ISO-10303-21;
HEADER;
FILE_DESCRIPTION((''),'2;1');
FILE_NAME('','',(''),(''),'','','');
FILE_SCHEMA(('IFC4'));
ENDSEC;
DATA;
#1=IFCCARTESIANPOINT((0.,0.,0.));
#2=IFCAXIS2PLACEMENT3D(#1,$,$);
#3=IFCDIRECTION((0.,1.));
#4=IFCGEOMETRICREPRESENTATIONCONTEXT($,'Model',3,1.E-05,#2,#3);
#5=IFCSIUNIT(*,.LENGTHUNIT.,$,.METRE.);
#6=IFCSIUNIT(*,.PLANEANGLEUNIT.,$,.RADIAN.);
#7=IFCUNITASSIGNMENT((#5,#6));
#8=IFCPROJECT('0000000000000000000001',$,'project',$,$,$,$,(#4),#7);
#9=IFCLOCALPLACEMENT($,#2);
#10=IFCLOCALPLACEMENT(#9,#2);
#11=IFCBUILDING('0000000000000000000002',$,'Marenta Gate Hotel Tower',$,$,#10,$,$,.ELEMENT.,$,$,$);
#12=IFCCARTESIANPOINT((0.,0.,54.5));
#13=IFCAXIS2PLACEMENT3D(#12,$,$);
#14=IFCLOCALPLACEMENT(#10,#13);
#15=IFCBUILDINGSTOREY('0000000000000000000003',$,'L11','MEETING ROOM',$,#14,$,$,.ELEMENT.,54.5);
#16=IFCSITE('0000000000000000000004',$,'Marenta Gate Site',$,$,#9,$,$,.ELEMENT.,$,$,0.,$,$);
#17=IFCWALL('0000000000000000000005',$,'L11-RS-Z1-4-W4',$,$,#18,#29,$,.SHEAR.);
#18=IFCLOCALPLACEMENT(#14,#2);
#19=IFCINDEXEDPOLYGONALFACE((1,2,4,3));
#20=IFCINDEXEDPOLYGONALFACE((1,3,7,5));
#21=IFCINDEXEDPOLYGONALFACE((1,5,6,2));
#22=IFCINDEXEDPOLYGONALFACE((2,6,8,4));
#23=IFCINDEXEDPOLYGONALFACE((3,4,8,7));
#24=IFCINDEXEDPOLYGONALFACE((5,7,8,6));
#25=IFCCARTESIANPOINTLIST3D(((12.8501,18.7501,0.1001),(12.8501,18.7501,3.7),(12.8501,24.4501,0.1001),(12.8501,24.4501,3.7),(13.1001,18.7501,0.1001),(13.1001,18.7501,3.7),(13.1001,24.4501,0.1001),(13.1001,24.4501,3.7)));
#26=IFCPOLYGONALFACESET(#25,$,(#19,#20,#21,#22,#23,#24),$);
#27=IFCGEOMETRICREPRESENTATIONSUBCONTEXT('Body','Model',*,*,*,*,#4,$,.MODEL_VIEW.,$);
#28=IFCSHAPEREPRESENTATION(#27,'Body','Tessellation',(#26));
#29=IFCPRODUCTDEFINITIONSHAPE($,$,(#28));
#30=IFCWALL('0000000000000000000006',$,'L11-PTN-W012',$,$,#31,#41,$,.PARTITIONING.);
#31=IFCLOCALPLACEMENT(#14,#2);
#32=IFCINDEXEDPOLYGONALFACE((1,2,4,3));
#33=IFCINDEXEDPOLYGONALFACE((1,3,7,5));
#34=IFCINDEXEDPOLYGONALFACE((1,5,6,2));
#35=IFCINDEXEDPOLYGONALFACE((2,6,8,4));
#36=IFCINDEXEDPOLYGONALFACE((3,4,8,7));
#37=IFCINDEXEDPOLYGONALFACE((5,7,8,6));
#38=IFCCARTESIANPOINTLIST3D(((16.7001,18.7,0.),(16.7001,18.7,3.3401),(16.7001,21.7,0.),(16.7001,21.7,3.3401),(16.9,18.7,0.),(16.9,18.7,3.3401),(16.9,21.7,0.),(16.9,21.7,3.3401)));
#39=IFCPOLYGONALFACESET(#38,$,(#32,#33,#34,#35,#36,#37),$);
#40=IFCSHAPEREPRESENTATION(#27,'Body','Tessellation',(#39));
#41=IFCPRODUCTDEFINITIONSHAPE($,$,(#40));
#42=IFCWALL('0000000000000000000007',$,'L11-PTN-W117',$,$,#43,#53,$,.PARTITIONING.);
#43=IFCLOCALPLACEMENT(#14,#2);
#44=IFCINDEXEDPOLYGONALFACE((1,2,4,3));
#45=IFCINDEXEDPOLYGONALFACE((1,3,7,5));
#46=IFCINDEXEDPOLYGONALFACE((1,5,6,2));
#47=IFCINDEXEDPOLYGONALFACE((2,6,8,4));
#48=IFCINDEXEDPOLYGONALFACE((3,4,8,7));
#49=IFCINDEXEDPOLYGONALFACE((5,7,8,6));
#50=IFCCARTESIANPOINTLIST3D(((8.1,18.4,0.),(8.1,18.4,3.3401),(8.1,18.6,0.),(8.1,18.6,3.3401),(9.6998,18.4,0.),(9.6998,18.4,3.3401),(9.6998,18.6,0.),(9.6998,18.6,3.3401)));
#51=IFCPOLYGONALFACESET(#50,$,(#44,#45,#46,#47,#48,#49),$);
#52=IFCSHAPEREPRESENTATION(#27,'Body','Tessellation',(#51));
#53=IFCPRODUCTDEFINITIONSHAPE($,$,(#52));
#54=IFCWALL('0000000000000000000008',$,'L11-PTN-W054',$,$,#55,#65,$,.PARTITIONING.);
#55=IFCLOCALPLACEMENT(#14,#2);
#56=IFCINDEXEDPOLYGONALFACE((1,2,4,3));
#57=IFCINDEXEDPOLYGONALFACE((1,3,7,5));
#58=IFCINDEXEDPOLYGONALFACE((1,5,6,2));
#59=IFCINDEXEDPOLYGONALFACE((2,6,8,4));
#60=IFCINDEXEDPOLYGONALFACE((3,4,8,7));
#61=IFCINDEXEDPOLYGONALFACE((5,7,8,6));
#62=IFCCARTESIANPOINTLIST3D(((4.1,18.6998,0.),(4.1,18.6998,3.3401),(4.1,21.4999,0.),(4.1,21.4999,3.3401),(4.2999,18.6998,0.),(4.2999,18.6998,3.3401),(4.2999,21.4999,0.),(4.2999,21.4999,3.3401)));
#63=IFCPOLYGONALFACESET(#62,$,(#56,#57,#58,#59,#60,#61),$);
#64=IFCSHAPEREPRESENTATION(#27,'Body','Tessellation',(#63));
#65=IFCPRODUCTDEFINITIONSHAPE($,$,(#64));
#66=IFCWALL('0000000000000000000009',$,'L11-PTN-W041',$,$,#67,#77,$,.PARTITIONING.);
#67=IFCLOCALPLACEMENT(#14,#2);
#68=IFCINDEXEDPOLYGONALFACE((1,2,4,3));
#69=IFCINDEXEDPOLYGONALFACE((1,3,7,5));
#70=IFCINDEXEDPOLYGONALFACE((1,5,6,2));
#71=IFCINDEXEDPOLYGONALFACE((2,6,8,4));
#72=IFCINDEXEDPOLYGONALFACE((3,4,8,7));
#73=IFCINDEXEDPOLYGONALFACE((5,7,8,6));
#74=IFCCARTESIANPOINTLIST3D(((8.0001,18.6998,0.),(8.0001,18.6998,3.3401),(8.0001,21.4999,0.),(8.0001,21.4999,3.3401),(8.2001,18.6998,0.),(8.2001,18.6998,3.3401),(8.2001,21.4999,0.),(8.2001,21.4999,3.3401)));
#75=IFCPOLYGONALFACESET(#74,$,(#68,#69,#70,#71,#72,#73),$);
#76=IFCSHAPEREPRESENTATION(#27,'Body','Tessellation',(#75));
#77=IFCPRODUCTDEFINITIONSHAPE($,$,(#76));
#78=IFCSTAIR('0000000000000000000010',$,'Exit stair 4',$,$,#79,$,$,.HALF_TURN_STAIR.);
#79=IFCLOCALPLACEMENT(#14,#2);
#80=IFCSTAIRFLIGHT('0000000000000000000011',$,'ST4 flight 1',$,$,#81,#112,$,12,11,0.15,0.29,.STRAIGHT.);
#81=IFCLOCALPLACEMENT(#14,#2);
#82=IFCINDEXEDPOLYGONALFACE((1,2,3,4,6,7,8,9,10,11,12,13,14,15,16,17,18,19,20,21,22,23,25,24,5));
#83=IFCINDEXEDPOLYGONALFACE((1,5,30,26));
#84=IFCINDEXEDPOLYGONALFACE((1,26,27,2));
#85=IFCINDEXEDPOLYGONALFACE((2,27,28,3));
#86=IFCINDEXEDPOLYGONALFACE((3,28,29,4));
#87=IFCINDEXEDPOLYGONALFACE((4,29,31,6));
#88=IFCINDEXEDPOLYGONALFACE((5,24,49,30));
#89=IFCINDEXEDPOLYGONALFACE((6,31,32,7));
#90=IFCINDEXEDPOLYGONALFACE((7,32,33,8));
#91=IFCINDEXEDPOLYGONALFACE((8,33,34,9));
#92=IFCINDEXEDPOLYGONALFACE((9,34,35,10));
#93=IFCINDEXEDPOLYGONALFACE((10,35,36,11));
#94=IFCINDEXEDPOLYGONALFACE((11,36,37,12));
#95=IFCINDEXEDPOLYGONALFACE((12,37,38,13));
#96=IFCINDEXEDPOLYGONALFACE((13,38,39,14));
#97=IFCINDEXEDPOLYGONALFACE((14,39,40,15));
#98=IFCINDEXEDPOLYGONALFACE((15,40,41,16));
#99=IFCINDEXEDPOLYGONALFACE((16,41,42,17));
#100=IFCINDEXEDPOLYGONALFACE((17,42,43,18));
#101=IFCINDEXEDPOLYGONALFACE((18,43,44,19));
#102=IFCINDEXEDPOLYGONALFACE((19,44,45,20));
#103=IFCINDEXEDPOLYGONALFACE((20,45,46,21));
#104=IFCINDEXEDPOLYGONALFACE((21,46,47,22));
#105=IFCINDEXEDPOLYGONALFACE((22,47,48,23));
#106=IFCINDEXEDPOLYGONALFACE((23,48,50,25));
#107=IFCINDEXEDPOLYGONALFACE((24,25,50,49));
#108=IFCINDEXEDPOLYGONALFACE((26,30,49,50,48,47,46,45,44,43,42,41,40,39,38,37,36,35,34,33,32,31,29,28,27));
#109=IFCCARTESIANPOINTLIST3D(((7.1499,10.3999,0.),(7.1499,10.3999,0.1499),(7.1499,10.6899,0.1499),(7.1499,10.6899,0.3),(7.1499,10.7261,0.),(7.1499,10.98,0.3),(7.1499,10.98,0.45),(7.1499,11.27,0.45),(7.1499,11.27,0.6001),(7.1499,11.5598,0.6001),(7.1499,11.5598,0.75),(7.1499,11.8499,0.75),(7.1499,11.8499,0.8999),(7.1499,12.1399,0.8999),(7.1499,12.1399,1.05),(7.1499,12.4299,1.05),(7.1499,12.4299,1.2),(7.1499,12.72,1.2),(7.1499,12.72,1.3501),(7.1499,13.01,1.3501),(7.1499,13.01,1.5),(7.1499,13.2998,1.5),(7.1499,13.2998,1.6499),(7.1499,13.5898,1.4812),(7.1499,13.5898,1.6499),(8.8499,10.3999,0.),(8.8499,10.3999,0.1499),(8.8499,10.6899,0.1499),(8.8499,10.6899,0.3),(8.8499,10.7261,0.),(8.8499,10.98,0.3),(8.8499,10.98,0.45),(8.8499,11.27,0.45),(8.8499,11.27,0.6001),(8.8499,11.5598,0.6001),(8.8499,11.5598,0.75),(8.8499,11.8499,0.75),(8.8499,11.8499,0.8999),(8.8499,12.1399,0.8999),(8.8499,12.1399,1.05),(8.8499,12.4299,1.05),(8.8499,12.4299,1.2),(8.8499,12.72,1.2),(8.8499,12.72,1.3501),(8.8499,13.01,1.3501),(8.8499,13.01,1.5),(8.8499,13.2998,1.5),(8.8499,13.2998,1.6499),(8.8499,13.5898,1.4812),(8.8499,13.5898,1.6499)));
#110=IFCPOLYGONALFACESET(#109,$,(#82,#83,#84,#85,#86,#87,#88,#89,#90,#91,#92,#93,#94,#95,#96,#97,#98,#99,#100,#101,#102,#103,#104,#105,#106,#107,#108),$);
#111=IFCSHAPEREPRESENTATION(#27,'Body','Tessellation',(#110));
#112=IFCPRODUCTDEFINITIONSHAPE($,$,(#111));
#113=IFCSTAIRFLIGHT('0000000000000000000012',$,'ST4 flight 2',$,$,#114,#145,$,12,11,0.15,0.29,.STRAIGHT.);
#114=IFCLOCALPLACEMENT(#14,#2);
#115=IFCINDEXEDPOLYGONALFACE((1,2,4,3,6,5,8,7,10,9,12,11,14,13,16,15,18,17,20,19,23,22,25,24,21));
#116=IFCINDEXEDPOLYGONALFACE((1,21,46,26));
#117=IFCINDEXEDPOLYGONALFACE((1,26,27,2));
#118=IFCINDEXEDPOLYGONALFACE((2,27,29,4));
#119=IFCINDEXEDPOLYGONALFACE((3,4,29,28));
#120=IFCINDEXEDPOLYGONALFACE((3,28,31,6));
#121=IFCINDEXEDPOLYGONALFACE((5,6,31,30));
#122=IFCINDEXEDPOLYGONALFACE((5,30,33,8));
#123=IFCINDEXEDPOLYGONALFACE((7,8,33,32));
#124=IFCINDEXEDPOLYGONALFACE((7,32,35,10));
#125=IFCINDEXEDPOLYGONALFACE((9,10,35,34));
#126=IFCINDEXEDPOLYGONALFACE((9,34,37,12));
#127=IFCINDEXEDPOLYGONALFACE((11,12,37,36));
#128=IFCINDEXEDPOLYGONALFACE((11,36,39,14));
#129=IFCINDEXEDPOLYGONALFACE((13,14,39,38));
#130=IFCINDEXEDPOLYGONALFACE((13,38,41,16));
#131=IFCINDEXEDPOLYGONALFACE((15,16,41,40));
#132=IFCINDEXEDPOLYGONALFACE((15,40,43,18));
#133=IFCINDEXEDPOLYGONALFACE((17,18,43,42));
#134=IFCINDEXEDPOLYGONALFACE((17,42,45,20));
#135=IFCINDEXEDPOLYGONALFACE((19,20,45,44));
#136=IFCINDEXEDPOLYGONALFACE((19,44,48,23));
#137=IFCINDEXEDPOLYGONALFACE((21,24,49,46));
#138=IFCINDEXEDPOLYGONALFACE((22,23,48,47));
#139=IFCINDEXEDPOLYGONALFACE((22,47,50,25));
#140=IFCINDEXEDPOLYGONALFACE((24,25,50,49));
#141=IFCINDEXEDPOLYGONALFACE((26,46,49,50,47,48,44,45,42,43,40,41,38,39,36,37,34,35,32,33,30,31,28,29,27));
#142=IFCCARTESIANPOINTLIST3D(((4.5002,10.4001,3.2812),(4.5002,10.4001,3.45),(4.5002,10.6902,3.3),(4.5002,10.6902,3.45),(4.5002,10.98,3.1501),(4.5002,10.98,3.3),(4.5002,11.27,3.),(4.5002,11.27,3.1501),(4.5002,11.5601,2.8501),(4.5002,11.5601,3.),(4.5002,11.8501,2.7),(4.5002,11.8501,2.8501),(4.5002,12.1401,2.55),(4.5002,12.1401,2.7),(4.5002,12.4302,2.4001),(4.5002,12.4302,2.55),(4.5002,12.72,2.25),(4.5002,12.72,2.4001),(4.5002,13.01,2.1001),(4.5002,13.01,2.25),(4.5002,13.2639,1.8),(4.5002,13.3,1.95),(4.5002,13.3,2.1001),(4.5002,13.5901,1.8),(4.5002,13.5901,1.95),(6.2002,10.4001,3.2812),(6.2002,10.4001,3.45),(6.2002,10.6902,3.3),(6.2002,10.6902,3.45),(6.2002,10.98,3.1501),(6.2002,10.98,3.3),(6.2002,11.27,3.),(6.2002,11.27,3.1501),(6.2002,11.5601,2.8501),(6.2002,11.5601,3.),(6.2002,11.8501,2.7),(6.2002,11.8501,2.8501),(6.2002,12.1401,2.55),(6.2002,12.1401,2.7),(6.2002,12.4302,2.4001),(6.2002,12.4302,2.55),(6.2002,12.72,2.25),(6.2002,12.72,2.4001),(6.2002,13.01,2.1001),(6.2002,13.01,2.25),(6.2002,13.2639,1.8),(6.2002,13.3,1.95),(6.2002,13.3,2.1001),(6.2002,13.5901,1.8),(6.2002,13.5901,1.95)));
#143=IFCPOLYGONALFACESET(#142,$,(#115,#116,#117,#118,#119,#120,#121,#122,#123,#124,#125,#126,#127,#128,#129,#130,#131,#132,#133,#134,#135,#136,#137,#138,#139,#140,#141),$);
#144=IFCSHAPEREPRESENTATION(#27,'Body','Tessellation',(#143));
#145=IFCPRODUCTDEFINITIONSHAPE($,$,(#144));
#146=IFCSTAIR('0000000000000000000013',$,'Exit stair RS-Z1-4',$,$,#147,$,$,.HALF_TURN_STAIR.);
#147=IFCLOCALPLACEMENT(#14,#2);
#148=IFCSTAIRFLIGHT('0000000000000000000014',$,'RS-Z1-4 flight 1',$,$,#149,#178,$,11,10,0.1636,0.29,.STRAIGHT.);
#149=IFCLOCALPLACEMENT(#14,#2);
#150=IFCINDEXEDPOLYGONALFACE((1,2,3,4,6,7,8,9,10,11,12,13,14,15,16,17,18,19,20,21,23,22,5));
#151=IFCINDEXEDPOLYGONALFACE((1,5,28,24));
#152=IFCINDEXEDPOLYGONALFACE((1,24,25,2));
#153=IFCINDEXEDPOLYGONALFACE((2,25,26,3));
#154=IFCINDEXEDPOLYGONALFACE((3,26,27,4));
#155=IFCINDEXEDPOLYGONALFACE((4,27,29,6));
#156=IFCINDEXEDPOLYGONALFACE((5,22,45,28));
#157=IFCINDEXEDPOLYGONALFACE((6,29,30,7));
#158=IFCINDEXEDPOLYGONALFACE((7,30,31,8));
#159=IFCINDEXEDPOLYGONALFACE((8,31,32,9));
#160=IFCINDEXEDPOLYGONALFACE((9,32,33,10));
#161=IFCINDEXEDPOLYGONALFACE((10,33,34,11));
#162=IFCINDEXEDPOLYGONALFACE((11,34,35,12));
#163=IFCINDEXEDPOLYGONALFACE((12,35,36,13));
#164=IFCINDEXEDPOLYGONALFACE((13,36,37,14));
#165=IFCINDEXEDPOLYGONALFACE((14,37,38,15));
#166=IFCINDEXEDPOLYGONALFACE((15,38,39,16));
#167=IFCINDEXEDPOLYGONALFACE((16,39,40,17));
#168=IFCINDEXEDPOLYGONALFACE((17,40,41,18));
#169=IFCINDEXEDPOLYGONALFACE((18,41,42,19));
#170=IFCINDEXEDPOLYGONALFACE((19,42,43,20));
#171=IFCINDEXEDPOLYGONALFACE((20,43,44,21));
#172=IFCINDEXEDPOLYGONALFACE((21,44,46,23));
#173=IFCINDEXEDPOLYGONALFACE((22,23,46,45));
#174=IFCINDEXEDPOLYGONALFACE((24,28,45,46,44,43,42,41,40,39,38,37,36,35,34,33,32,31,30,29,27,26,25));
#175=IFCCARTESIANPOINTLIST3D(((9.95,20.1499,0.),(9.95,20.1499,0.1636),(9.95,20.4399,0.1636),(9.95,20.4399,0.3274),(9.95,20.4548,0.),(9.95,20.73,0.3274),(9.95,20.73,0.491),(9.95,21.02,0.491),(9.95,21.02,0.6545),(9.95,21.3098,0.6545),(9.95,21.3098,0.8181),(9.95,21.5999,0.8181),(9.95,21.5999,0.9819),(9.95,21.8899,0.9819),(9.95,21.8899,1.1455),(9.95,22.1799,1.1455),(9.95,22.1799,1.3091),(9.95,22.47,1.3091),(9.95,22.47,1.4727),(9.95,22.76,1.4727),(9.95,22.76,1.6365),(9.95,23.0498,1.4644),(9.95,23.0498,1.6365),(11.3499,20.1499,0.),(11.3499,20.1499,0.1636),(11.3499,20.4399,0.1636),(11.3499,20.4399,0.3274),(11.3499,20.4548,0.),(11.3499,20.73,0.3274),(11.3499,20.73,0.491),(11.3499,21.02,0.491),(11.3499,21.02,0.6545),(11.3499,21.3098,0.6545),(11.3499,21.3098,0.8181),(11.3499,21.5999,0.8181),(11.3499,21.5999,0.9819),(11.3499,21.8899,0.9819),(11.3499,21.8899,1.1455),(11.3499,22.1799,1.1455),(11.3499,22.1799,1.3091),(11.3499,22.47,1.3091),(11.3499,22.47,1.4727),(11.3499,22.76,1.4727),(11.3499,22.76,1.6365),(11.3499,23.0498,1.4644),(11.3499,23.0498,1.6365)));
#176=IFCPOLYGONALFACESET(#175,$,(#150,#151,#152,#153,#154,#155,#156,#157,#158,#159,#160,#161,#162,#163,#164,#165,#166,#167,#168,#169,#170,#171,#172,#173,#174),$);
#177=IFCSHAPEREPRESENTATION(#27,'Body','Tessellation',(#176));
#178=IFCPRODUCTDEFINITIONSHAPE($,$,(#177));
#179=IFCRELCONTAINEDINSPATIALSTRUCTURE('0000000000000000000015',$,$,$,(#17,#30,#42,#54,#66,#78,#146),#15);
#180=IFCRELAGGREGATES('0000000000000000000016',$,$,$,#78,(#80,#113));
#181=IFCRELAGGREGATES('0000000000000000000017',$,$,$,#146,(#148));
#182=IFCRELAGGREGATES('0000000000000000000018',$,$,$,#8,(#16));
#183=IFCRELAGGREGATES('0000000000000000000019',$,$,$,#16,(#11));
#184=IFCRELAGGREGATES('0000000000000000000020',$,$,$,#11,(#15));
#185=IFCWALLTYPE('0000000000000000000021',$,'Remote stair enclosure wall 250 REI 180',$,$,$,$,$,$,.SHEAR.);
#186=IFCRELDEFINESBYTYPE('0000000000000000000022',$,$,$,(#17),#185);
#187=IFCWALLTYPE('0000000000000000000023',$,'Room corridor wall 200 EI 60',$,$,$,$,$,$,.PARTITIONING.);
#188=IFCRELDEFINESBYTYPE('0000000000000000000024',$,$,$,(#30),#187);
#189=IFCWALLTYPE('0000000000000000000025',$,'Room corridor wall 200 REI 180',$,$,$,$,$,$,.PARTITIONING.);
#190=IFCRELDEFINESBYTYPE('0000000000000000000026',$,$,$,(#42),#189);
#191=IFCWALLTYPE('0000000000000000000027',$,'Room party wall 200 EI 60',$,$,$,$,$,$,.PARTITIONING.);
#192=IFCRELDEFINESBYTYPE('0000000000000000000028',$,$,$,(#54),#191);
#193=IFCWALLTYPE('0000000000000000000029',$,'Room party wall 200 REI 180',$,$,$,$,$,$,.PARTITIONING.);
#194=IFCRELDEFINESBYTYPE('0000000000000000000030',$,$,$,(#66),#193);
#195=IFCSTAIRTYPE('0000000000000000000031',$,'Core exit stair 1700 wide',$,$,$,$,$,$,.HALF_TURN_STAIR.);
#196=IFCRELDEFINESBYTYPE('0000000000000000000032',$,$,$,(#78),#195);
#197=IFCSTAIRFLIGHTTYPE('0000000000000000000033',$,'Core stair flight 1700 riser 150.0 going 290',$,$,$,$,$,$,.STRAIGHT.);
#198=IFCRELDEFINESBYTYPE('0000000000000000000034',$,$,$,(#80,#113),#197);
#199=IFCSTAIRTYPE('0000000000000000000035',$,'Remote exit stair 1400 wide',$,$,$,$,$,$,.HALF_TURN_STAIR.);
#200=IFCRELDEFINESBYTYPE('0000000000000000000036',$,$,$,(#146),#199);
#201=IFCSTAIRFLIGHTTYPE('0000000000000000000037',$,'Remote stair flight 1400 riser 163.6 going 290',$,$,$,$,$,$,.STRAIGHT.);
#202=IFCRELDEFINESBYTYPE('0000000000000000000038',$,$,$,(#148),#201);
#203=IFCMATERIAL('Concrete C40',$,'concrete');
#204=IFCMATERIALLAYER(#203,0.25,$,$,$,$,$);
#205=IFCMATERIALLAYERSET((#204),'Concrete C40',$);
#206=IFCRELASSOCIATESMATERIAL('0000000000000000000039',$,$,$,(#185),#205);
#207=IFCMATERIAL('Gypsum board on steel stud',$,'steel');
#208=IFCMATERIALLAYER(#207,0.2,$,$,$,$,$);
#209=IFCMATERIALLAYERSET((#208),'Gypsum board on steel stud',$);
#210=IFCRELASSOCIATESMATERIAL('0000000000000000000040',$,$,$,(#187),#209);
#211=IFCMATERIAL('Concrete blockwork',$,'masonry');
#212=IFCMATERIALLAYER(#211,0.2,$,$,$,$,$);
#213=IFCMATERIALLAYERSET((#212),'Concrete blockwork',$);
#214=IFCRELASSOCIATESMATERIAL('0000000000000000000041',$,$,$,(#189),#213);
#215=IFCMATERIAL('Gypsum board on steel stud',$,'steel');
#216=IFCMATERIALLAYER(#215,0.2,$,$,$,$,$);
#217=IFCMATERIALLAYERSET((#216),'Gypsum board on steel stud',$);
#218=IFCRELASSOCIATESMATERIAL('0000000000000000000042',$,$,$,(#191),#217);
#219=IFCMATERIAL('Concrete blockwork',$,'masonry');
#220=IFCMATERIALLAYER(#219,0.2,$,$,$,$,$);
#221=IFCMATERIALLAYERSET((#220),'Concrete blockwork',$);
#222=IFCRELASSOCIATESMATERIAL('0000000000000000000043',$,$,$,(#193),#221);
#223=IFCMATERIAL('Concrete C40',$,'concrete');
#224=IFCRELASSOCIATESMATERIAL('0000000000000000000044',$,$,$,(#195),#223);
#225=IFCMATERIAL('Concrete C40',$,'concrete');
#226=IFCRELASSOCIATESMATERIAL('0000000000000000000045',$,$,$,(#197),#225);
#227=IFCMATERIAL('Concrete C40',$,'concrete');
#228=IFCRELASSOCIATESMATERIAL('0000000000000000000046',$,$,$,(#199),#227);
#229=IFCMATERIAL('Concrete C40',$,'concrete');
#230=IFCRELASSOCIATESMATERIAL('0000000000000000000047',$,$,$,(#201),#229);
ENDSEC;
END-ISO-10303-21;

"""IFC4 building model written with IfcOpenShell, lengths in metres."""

from ifc_helpers import new_model, si_unit, direction, frame, frame_2d, origin, place, context, subcontext, project, spatial, polyline, rectangle, outline, extrude, material, layer, layer_set, type_object, element, aggregate, save


model = new_model("IFC4")

# Units and contexts
model_context = context("Model", 3, precision=1e-05, world=origin(), true_north=direction((0.0, 1.0)))
body_context = subcontext(model_context, "Body", "Model", "MODEL_VIEW")
ifc_project = project(units=[si_unit("LENGTHUNIT", "METRE"), si_unit("PLANEANGLEUNIT", "RADIAN")], contexts=[model_context])

# Site, building, storey
site_placement = place(None, origin())
site = spatial("IfcSite", under=ifc_project, at=site_placement, Name="Marenta Gate Site", CompositionType="ELEMENT", RefElevation=0.0)
building_placement = place(site_placement, origin())
building = spatial("IfcBuilding", under=site, at=building_placement, Name="Marenta Gate Hotel Tower", CompositionType="ELEMENT")
storey_placement = place(building_placement, frame((0.0, 0.0, 54.5)))
storey = spatial("IfcBuildingStorey", under=building, at=storey_placement, Name="L11", Description="MEETING ROOM", CompositionType="ELEMENT", Elevation=54.5)

# Shared definitions
ifc_material_1 = material(Name="Concrete C40", Category="concrete")
ifc_layer_1 = layer(ifc_material_1, 0.25)
ifc_layer_set_1 = layer_set([ifc_layer_1], Name="Concrete C40")
wall_type_1 = type_object("IfcWallType", Name="Remote stair enclosure wall 250 REI 180", PredefinedType="SHEAR", material=ifc_layer_set_1)

# Walls
wall_1_placement = place(storey_placement, frame((12.9751, 18.75, 0.1001), z_axis=(0.0, 0.0, 1.0), x_axis=(0.0, 1.0, 0.0)))
element("IfcWall", 1, at=wall_1_placement, inside=storey, type_object=wall_type_1, Name="L11-RS-Z1-4-W4", PredefinedType="SHEAR", context=body_context, shape_type="SweptSolid", body=[
    extrude(rectangle(XDim=5.7, YDim=0.25, at=frame_2d((2.8501, 0.0))), origin(), (0.0, 0.0, 1.0), 3.5999),
])
ifc_material_2 = material(Name="Gypsum board on steel stud", Category="steel")
ifc_layer_2 = layer(ifc_material_2, 0.2)
ifc_layer_set_2 = layer_set([ifc_layer_2], Name="Gypsum board on steel stud")
wall_type_2 = type_object("IfcWallType", Name="Room corridor wall 200 EI 60", PredefinedType="PARTITIONING", material=ifc_layer_set_2)
wall_2_placement = place(storey_placement, frame((16.8, 18.7, 0.0), z_axis=(0.0, 0.0, 1.0), x_axis=(0.0, 1.0, 0.0)))
element("IfcWall", 2, at=wall_2_placement, inside=storey, type_object=wall_type_2, Name="L11-PTN-W012", PredefinedType="PARTITIONING", context=body_context, shape_type="SweptSolid", body=[
    extrude(rectangle(XDim=3.0, YDim=0.2, at=frame_2d((1.5, 0.0))), origin(), (0.0, 0.0, 1.0), 3.3401),
])

# Walls
ifc_material_3 = material(Name="Concrete blockwork", Category="masonry")
ifc_layer_3 = layer(ifc_material_3, 0.2)
ifc_layer_set_3 = layer_set([ifc_layer_3], Name="Concrete blockwork")
wall_type_3 = type_object("IfcWallType", Name="Room corridor wall 200 REI 180", PredefinedType="PARTITIONING", material=ifc_layer_set_3)
wall_3_placement = place(storey_placement, frame((8.1001, 18.5, 0.0), z_axis=(0.0, 0.0, 1.0), x_axis=(1.0, 0.0, 0.0)))
element("IfcWall", 3, at=wall_3_placement, inside=storey, type_object=wall_type_3, Name="L11-PTN-W117", PredefinedType="PARTITIONING", context=body_context, shape_type="SweptSolid", body=[
    extrude(rectangle(XDim=1.5999, YDim=0.2, at=frame_2d((0.7998, 0.0))), origin(), (0.0, 0.0, 1.0), 3.3401),
])
ifc_material_4 = material(Name="Gypsum board on steel stud", Category="steel")
ifc_layer_4 = layer(ifc_material_4, 0.2)
ifc_layer_set_4 = layer_set([ifc_layer_4], Name="Gypsum board on steel stud")
wall_type_4 = type_object("IfcWallType", Name="Room party wall 200 EI 60", PredefinedType="PARTITIONING", material=ifc_layer_set_4)
wall_4_placement = place(storey_placement, frame((4.2, 18.7, 0.0), z_axis=(0.0, 0.0, 1.0), x_axis=(0.0, 1.0, 0.0)))
element("IfcWall", 4, at=wall_4_placement, inside=storey, type_object=wall_type_4, Name="L11-PTN-W054", PredefinedType="PARTITIONING", context=body_context, shape_type="SweptSolid", body=[
    extrude(rectangle(XDim=2.8, YDim=0.2, at=frame_2d((1.3999, 0.0))), origin(), (0.0, 0.0, 1.0), 3.3401),
])
ifc_material_5 = material(Name="Concrete blockwork", Category="masonry")
ifc_layer_5 = layer(ifc_material_5, 0.2)
ifc_layer_set_5 = layer_set([ifc_layer_5], Name="Concrete blockwork")
wall_type_5 = type_object("IfcWallType", Name="Room party wall 200 REI 180", PredefinedType="PARTITIONING", material=ifc_layer_set_5)
wall_5_placement = place(storey_placement, frame((8.1001, 18.7, 0.0), z_axis=(0.0, 0.0, 1.0), x_axis=(0.0, 1.0, 0.0)))
element("IfcWall", 5, at=wall_5_placement, inside=storey, type_object=wall_type_5, Name="L11-PTN-W041", PredefinedType="PARTITIONING", context=body_context, shape_type="SweptSolid", body=[
    extrude(rectangle(XDim=2.8, YDim=0.2, at=frame_2d((1.3999, 0.0))), origin(), (0.0, 0.0, 1.0), 3.3401),
])

# Stair, stair flights
ifc_material_6 = material(Name="Concrete C40", Category="concrete")
stair_type_1 = type_object("IfcStairType", Name="Core exit stair 1700 wide", PredefinedType="HALF_TURN_STAIR", material=ifc_material_6)
stair_1_placement = place(storey_placement, origin())
stair_1 = element("IfcStair", 6, at=stair_1_placement, inside=storey, type_object=stair_type_1, Name="Exit stair 4", PredefinedType="HALF_TURN_STAIR")
ifc_material_7 = material(Name="Concrete C40", Category="concrete")
stair_flight_type_1 = type_object("IfcStairFlightType", Name="Core stair flight 1700 riser 150.0 going 290", PredefinedType="STRAIGHT", material=ifc_material_7)
stair_flight_1_placement = place(storey_placement, frame((8.0, 10.3999, 0.0), z_axis=(0.0, 0.0, 1.0), x_axis=(0.0, 1.0, 0.0)))
stair_flight_1 = element("IfcStairFlight", 7, at=stair_flight_1_placement, type_object=stair_flight_type_1, Name="ST4 flight 1", NumberOfRisers=12, NumberOfTreads=11, PredefinedType="STRAIGHT", RiserHeight=0.15, TreadLength=0.29, context=body_context, shape_type="SweptSolid", body=[
    extrude(outline(polyline([(0.0, 0.0), (0.0, 0.1499), (0.29, 0.1499), (0.29, 0.3), (0.5801, 0.3), (0.5801, 0.45), (0.8701, 0.45), (0.8701, 0.6001), (1.1599, 0.6001), (1.1599, 0.75), (1.45, 0.75), (1.45, 0.8999), (1.74, 0.8999), (1.74, 1.05), (2.03, 1.05), (2.03, 1.2), (2.3201, 1.2), (2.3201, 1.3501), (2.6101, 1.3501), (2.6101, 1.5), (2.8999, 1.5), (2.8999, 1.6499), (3.1899, 1.6499), (3.1899, 1.8), (3.1899, 1.4812), (0.3262, 0.0), (0.0, 0.0)])), frame((0.0, 0.8501, 0.0), z_axis=(0.0, -1.0, 0.0), x_axis=(1.0, 0.0, 0.0)), (0.0, 0.0, 1.0), 1.7),
])
stair_flight_2_placement = place(storey_placement, frame((5.3501, 13.5901, 1.8), z_axis=(0.0, 0.0, 1.0), x_axis=(0.0, -1.0, 0.0)))
stair_flight_2 = element("IfcStairFlight", 8, at=stair_flight_2_placement, type_object=stair_flight_type_1, Name="ST4 flight 2", NumberOfRisers=12, NumberOfTreads=11, PredefinedType="STRAIGHT", RiserHeight=0.15, TreadLength=0.29, context=body_context, shape_type="SweptSolid", body=[
    extrude(outline(polyline([(0.0, 0.0), (0.0, 0.1499), (0.29, 0.1499), (0.29, 0.3), (0.5801, 0.3), (0.5801, 0.45), (0.8701, 0.45), (0.8701, 0.6001), (1.1599, 0.6001), (1.1599, 0.75), (1.45, 0.75), (1.45, 0.8999), (1.74, 0.8999), (1.74, 1.05), (2.03, 1.05), (2.03, 1.2), (2.3201, 1.2), (2.3201, 1.3501), (2.6101, 1.3501), (2.6101, 1.5), (2.8999, 1.5), (2.8999, 1.6499), (3.1899, 1.6499), (3.1899, 1.8), (3.1899, 1.4812), (0.3262, 0.0), (0.0, 0.0)])), frame((0.0, 0.8501, 0.0), z_axis=(0.0, -1.0, 0.0), x_axis=(1.0, 0.0, 0.0)), (0.0, 0.0, 1.0), 1.7),
])
aggregate(stair_1, [stair_flight_1, stair_flight_2])

# Stair, stair flight
ifc_material_8 = material(Name="Concrete C40", Category="concrete")
stair_type_2 = type_object("IfcStairType", Name="Remote exit stair 1400 wide", PredefinedType="HALF_TURN_STAIR", material=ifc_material_8)
stair_2_placement = place(storey_placement, origin())
stair_2 = element("IfcStair", 9, at=stair_2_placement, inside=storey, type_object=stair_type_2, Name="Exit stair RS-Z1-4", PredefinedType="HALF_TURN_STAIR")
ifc_material_9 = material(Name="Concrete C40", Category="concrete")
stair_flight_type_2 = type_object("IfcStairFlightType", Name="Remote stair flight 1400 riser 163.6 going 290", PredefinedType="STRAIGHT", material=ifc_material_9)
stair_flight_3_placement = place(storey_placement, frame((10.6499, 20.1499, 0.0), z_axis=(0.0, 0.0, 1.0), x_axis=(0.0, 1.0, 0.0)))
stair_flight_3 = element("IfcStairFlight", 10, at=stair_flight_3_placement, type_object=stair_flight_type_2, Name="RS-Z1-4 flight 1", NumberOfRisers=11, NumberOfTreads=10, PredefinedType="STRAIGHT", RiserHeight=0.1636, TreadLength=0.29, context=body_context, shape_type="SweptSolid", body=[
    extrude(outline(polyline([(0.0, 0.0), (0.0, 0.1636), (0.29, 0.1636), (0.29, 0.3274), (0.5801, 0.3274), (0.5801, 0.491), (0.8701, 0.491), (0.8701, 0.6545), (1.1599, 0.6545), (1.1599, 0.8181), (1.45, 0.8181), (1.45, 0.9819), (1.74, 0.9819), (1.74, 1.1455), (2.03, 1.1455), (2.03, 1.3091), (2.3201, 1.3091), (2.3201, 1.4727), (2.6101, 1.4727), (2.6101, 1.6365), (2.8999, 1.6365), (2.8999, 1.8), (2.8999, 1.4644), (0.3049, 0.0), (0.0, 0.0)])), frame((0.0, 0.7, 0.0), z_axis=(0.0, -1.0, 0.0), x_axis=(1.0, 0.0, 0.0)), (0.0, 0.0, 1.0), 1.3999),
])
aggregate(stair_2, [stair_flight_3])

save(model, "model.ifc")
